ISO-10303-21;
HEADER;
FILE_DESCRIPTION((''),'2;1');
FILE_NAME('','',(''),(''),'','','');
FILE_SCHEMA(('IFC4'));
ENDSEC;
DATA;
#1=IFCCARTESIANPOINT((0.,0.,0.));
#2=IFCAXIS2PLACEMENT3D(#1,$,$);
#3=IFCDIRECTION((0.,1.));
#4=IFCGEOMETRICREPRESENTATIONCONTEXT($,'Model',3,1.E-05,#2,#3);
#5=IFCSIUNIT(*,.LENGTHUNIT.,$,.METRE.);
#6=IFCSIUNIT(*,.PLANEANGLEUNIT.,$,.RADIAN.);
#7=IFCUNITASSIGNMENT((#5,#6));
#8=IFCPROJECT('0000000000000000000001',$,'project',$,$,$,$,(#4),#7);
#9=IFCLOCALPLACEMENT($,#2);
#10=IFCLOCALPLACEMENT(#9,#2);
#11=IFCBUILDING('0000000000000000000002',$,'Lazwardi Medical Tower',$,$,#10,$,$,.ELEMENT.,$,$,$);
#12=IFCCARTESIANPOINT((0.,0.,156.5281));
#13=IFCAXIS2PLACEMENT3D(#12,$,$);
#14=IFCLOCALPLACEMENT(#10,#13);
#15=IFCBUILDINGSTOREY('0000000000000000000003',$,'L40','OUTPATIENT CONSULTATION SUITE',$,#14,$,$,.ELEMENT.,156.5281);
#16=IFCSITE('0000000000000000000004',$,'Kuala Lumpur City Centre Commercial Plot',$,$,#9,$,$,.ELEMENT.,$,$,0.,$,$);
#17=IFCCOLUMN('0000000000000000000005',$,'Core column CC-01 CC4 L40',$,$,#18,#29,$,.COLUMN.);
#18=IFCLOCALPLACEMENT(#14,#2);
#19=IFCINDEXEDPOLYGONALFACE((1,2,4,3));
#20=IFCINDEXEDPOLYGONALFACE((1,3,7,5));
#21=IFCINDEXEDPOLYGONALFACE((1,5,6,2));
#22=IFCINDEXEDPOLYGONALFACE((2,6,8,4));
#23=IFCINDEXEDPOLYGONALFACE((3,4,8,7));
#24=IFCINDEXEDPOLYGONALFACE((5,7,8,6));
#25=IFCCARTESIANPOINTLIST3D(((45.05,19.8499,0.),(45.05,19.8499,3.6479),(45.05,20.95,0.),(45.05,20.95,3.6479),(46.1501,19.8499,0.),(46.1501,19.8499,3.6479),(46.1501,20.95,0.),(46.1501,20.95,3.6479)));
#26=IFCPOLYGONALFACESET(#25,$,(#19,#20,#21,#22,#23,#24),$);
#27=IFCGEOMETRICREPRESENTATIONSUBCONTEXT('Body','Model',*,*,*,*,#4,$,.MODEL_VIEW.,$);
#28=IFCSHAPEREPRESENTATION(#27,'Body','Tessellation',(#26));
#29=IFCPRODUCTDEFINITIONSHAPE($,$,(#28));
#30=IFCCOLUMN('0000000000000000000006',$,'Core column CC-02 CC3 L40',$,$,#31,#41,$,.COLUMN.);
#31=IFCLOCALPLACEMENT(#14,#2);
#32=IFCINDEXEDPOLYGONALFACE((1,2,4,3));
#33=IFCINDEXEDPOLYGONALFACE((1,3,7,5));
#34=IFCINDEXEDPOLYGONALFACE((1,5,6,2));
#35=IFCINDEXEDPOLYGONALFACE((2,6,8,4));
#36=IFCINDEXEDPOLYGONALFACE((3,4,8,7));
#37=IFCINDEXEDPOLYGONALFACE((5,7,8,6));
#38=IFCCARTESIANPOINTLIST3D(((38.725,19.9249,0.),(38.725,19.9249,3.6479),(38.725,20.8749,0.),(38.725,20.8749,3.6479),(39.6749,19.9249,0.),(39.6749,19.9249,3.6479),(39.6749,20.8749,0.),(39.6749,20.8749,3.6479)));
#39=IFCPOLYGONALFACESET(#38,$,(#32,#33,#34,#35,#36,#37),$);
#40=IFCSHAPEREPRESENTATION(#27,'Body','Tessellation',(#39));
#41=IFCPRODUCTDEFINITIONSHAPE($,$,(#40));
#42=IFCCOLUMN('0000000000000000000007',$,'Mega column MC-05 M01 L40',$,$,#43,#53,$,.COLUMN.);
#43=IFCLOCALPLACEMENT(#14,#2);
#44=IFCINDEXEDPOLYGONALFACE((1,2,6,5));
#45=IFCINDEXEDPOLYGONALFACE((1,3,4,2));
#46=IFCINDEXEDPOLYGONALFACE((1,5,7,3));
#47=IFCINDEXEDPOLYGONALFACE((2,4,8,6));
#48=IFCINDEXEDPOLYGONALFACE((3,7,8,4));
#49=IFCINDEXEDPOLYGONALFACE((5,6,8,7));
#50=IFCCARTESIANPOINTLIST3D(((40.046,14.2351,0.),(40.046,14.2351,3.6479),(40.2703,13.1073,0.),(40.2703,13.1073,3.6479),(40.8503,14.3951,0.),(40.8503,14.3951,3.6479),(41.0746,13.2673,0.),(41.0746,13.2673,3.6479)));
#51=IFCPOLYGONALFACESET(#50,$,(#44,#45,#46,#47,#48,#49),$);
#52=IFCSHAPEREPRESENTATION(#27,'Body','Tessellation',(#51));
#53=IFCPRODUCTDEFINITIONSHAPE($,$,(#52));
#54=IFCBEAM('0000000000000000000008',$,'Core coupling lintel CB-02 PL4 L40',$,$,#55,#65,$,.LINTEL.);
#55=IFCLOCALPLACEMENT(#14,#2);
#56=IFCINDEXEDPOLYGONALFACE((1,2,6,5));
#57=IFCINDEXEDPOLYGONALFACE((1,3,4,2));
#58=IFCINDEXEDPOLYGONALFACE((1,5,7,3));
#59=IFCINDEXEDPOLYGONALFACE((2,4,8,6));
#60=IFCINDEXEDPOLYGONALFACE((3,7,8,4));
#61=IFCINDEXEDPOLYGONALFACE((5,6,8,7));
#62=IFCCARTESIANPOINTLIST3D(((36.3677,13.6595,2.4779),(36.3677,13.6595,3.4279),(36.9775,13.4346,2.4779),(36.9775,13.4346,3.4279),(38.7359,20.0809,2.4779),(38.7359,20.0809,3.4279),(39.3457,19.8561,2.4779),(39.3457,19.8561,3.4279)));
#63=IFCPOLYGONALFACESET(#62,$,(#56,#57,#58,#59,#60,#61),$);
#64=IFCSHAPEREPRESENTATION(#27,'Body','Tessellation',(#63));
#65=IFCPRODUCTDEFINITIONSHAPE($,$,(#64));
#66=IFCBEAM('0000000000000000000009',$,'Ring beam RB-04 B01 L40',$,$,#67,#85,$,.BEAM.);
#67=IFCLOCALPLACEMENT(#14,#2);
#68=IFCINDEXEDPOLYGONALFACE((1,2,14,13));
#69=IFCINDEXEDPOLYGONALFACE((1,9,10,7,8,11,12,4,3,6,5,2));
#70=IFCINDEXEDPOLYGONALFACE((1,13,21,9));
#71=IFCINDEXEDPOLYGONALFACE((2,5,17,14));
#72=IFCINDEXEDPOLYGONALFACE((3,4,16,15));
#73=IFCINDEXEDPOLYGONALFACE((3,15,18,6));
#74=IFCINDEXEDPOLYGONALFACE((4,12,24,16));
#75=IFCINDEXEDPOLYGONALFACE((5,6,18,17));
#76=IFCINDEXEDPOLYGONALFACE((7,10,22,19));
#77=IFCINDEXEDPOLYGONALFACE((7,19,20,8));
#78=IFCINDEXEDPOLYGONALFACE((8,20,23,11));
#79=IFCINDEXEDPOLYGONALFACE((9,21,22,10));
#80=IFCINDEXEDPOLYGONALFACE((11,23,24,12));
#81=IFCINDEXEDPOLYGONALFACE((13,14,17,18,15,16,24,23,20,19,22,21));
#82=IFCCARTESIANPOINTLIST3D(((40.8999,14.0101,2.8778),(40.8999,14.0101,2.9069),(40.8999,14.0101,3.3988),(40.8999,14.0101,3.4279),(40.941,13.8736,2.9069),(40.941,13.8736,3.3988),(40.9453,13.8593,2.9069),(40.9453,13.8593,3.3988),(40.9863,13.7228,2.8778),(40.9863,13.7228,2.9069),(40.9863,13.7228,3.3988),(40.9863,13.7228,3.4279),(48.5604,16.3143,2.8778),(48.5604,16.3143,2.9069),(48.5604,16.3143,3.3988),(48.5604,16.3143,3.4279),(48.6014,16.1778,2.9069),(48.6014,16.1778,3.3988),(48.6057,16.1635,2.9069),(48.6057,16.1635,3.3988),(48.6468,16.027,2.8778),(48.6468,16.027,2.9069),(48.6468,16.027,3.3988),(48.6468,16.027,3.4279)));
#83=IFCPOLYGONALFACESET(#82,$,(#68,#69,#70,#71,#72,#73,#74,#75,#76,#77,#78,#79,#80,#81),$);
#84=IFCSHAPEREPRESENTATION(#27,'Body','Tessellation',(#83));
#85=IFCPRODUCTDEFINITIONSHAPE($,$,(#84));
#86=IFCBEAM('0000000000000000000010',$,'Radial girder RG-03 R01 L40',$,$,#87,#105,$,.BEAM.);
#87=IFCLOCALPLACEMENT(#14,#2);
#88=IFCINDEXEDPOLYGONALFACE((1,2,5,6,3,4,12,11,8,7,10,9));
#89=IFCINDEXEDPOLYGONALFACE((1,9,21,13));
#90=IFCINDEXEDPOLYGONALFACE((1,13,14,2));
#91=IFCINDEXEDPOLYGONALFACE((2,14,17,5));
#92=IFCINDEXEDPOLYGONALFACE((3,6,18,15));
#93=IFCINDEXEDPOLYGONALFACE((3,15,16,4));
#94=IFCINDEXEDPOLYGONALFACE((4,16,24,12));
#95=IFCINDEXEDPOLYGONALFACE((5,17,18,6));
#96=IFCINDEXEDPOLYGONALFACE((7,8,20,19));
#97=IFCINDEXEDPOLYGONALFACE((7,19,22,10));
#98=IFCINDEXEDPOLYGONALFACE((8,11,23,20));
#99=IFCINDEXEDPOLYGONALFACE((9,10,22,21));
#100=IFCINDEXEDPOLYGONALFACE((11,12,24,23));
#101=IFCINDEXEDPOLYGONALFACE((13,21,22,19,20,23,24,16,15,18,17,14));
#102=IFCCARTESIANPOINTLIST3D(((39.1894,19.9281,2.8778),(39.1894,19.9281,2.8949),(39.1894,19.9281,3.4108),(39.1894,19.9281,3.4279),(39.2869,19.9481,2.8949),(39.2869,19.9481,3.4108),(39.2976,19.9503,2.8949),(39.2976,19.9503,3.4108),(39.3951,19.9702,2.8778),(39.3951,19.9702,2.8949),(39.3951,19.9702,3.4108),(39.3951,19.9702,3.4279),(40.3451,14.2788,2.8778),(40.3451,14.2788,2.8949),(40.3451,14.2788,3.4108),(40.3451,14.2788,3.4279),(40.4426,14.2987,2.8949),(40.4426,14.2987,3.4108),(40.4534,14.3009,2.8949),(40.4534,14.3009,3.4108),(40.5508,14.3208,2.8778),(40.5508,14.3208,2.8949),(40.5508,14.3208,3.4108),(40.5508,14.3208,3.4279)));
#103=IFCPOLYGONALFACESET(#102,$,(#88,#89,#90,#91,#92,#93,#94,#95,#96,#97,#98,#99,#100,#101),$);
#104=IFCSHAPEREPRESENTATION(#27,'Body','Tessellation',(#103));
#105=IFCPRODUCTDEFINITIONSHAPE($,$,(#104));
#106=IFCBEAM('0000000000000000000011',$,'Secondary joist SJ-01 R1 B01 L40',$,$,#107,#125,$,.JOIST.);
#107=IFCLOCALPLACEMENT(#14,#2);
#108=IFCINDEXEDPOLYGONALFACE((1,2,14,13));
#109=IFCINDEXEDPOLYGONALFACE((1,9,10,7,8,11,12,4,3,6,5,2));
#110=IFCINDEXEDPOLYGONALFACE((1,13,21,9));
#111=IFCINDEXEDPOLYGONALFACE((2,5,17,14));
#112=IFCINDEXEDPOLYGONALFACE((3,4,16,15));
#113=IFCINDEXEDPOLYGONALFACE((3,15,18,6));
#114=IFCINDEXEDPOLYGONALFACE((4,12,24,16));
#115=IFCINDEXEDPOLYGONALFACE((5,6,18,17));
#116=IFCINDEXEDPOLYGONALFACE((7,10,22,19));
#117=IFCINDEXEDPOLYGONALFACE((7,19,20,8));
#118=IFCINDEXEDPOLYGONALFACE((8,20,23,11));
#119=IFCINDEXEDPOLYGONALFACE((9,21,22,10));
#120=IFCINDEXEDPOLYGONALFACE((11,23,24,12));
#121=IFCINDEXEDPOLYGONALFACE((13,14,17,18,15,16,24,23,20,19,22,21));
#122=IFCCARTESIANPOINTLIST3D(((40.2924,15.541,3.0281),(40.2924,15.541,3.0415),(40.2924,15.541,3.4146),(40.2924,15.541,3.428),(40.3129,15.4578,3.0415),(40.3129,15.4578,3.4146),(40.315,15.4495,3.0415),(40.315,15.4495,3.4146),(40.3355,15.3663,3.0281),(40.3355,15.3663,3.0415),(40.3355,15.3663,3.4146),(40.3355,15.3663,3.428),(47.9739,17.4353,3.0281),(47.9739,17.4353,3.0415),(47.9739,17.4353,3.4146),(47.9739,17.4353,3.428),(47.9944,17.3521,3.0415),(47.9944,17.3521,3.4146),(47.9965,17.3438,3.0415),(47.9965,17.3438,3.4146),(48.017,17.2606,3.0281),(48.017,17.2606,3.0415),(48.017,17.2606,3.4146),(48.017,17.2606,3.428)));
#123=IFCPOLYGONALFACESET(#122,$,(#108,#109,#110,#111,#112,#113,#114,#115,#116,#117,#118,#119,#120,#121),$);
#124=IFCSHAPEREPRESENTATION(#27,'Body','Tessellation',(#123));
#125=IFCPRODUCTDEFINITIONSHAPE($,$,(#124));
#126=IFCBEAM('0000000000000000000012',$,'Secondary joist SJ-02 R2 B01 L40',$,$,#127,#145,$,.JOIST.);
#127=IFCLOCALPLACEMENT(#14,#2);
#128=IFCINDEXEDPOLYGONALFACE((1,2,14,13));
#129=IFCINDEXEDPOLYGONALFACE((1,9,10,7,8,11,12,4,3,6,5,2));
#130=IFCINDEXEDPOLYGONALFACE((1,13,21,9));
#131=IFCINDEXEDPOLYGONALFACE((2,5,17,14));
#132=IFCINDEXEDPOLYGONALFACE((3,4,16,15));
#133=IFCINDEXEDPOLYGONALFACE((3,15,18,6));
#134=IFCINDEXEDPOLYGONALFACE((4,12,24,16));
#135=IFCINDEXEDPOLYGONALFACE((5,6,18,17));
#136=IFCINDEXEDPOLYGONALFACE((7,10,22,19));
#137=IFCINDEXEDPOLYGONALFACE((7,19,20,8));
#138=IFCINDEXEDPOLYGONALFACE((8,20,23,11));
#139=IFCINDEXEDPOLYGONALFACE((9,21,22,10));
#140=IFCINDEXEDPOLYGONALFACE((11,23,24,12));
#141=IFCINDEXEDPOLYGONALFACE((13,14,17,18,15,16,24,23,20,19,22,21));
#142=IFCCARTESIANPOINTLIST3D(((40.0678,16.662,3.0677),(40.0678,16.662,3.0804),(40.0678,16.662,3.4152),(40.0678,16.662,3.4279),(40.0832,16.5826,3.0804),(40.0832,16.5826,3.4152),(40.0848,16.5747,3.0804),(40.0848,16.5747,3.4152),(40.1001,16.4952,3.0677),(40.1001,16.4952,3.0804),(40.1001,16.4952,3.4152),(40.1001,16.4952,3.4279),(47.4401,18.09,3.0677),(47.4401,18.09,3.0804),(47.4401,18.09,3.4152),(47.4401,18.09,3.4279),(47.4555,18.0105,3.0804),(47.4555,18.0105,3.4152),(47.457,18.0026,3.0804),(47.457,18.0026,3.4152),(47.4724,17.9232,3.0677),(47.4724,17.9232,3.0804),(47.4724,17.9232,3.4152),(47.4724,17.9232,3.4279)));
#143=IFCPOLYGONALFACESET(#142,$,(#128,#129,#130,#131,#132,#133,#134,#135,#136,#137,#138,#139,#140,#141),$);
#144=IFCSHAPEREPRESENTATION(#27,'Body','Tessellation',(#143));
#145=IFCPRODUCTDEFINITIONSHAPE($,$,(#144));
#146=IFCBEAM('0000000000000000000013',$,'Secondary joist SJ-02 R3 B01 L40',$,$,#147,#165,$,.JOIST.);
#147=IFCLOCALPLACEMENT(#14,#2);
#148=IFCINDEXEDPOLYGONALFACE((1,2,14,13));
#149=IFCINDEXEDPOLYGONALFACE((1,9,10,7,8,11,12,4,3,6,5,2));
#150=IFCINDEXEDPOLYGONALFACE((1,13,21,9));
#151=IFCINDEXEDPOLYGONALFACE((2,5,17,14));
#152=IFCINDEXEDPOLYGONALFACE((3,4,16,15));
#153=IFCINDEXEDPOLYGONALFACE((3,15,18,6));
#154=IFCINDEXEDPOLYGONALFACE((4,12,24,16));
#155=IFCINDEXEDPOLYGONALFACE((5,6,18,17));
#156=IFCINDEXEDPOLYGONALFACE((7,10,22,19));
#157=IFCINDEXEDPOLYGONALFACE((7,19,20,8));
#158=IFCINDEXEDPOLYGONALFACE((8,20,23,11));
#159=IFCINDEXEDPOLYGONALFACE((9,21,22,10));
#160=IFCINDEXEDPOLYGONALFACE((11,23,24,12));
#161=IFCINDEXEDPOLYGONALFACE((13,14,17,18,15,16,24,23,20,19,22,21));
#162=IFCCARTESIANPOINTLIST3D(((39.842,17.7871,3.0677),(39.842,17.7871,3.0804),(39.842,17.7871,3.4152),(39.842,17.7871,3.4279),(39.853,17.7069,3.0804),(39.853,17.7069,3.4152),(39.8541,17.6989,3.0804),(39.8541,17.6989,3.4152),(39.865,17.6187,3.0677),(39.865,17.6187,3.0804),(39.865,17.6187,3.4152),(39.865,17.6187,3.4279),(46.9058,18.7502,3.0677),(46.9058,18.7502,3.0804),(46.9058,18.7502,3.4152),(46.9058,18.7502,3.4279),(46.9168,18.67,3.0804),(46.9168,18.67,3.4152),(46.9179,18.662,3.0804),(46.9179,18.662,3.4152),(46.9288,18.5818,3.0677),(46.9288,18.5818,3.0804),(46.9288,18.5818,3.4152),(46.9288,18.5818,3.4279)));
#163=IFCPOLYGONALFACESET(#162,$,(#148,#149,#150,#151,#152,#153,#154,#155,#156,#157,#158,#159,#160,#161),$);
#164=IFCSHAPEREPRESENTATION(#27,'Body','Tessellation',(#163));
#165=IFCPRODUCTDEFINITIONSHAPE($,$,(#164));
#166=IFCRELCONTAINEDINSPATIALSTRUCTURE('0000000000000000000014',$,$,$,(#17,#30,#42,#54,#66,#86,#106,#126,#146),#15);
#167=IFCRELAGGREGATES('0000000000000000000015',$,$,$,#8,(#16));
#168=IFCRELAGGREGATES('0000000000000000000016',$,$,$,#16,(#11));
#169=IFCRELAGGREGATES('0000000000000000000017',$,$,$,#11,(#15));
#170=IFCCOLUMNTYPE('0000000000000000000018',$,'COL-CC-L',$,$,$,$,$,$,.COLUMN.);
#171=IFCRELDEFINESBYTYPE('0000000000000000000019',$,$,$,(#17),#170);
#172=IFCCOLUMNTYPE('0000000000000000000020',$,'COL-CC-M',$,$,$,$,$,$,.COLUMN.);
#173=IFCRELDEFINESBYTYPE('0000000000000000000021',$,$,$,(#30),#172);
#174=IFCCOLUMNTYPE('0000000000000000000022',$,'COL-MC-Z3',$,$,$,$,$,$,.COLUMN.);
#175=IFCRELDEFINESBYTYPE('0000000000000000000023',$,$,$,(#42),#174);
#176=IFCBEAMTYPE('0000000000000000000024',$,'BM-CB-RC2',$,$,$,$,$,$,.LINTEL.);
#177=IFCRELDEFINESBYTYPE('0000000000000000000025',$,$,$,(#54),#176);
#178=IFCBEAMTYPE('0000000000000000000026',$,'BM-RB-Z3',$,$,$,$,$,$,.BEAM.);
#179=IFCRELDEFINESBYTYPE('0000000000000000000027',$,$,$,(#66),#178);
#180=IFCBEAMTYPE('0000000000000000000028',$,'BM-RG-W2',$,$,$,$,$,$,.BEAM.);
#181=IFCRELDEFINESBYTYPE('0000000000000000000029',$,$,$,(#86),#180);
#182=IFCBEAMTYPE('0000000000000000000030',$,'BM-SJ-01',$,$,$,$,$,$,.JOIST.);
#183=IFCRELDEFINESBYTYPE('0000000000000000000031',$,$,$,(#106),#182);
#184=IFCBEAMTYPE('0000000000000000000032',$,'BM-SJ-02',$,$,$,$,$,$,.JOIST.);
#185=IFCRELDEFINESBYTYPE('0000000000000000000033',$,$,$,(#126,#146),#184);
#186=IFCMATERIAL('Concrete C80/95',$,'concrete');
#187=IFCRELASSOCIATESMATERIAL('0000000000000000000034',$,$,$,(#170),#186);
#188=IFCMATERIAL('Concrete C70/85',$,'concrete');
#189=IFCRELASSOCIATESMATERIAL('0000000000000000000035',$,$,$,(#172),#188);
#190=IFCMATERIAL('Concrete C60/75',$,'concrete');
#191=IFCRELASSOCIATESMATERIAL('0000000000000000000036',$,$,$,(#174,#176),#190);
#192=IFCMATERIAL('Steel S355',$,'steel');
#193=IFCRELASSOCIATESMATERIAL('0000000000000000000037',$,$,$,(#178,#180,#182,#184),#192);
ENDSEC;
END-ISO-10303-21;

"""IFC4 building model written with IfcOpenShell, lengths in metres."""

from ifc_helpers import new_model, si_unit, direction, frame, origin, origin_2d, place, context, subcontext, project, spatial, rectangle, i_section, extrude, material, material_profile, profile_set, type_object, element, save


model = new_model("IFC4")

# Units and contexts
model_context = context("Model", 3, precision=1e-05, world=origin(), true_north=direction((0.0, 1.0)))
body_context = subcontext(model_context, "Body", "Model", "MODEL_VIEW")
ifc_project = project(units=[si_unit("LENGTHUNIT", "METRE"), si_unit("PLANEANGLEUNIT", "RADIAN")], contexts=[model_context])

# Site, building, storey
site_placement = place(None, origin())
site = spatial("IfcSite", under=ifc_project, at=site_placement, Name="Kuala Lumpur City Centre Commercial Plot", CompositionType="ELEMENT", RefElevation=0.0)
building_placement = place(site_placement, origin())
building = spatial("IfcBuilding", under=site, at=building_placement, Name="Lazwardi Medical Tower", CompositionType="ELEMENT")
storey_placement = place(building_placement, frame((0.0, 0.0, 156.5281)))
storey = spatial("IfcBuildingStorey", under=building, at=storey_placement, Name="L40", Description="OUTPATIENT CONSULTATION SUITE", CompositionType="ELEMENT", Elevation=156.5281)

# Columns
ifc_material_1 = material(Name="Concrete C80/95", Category="concrete")
ifc_material_profile_1 = material_profile(ifc_material_1, rectangle(XDim=1.1001, YDim=1.1001, at=origin_2d()), Name="RC 1100x1100")
ifc_profile_set_1 = profile_set([ifc_material_profile_1], Name="Concrete C80/95")
column_type_1 = type_object("IfcColumnType", Name="COL-CC-L", PredefinedType="COLUMN", material=ifc_profile_set_1)
column_1_placement = place(storey_placement, frame((45.6001, 20.3999, 0.0), z_axis=(0.0, 0.0, 1.0), x_axis=(1.0, 0.0, 0.0)))
element("IfcColumn", 1, at=column_1_placement, inside=storey, type_object=column_type_1, Name="Core column CC-01 CC4 L40", PredefinedType="COLUMN", context=body_context, shape_type="SweptSolid", body=[
    extrude(rectangle(XDim=1.1001, YDim=1.1001, at=origin_2d()), origin(), (0.0, 0.0, 1.0), 3.6479),
])
ifc_material_2 = material(Name="Concrete C70/85", Category="concrete")
ifc_material_profile_2 = material_profile(ifc_material_2, rectangle(XDim=0.95, YDim=0.95, at=origin_2d()), Name="RC 950x950")
ifc_profile_set_2 = profile_set([ifc_material_profile_2], Name="Concrete C70/85")
column_type_2 = type_object("IfcColumnType", Name="COL-CC-M", PredefinedType="COLUMN", material=ifc_profile_set_2)
column_2_placement = place(storey_placement, frame((39.2, 20.3999, 0.0), z_axis=(0.0, 0.0, 1.0), x_axis=(1.0, 0.0, 0.0)))
element("IfcColumn", 2, at=column_2_placement, inside=storey, type_object=column_type_2, Name="Core column CC-02 CC3 L40", PredefinedType="COLUMN", context=body_context, shape_type="SweptSolid", body=[
    extrude(rectangle(XDim=0.95, YDim=0.95, at=origin_2d()), origin(), (0.0, 0.0, 1.0), 3.6479),
])
ifc_material_3 = material(Name="Concrete C60/75", Category="concrete")
ifc_material_profile_3 = material_profile(ifc_material_3, rectangle(XDim=1.1499, YDim=0.8201, at=origin_2d()), Name="CFT-RECT 1150x820")
ifc_profile_set_3 = profile_set([ifc_material_profile_3], Name="Concrete C60/75")
column_type_3 = type_object("IfcColumnType", Name="COL-MC-Z3", PredefinedType="COLUMN", material=ifc_profile_set_3)
column_3_placement = place(storey_placement, frame((40.5603, 13.7512, 0.0), z_axis=(0.0, 0.0, 1.0), x_axis=(0.19509, -0.980785, 0.0)))
element("IfcColumn", 3, at=column_3_placement, inside=storey, type_object=column_type_3, Name="Mega column MC-05 M01 L40", PredefinedType="COLUMN", context=body_context, shape_type="SweptSolid", body=[
    extrude(rectangle(XDim=1.1499, YDim=0.8201, at=origin_2d()), origin(), (0.0, 0.0, 1.0), 3.6479),
])

# Beams
ifc_material_profile_4 = material_profile(ifc_material_3, rectangle(XDim=0.6499, YDim=0.95, at=origin_2d()), Name="RC 650x950")
ifc_profile_set_4 = profile_set([ifc_material_profile_4], Name="Concrete C60/75")
beam_type_1 = type_object("IfcBeamType", Name="BM-CB-RC2", PredefinedType="LINTEL", material=ifc_profile_set_4)
beam_1_placement = place(storey_placement, frame((39.0408, 19.9685, 2.9529), z_axis=(-0.346013, -0.93823, 0.0), x_axis=(0.93823, -0.346013, 0.0)))
element("IfcBeam", 4, at=beam_1_placement, inside=storey, type_object=beam_type_1, Name="Core coupling lintel CB-02 PL4 L40", PredefinedType="LINTEL", context=body_context, shape_type="SweptSolid", body=[
    extrude(rectangle(XDim=0.6499, YDim=0.95, at=origin_2d()), origin(), (0.0, 0.0, 1.0), 6.8442),
])
ifc_material_4 = material(Name="Steel S355", Category="steel")
ifc_material_profile_5 = material_profile(ifc_material_4, i_section(OverallWidth=0.3, OverallDepth=0.55, WebThickness=0.0149, FlangeThickness=0.0291, at=origin_2d()), Name="HEB 550")
ifc_profile_set_5 = profile_set([ifc_material_profile_5], Name="Steel S355")
beam_type_2 = type_object("IfcBeamType", Name="BM-RB-Z3", PredefinedType="BEAM", material=ifc_profile_set_5)
beam_2_placement = place(storey_placement, frame((40.9431, 13.8665, 3.1528), z_axis=(0.957617, 0.288045, 0.0), x_axis=(-0.288045, 0.957617, 0.0)))
element("IfcBeam", 5, at=beam_2_placement, inside=storey, type_object=beam_type_2, Name="Ring beam RB-04 B01 L40", PredefinedType="BEAM", context=body_context, shape_type="SweptSolid", body=[
    extrude(i_section(OverallWidth=0.3, OverallDepth=0.55, WebThickness=0.0149, FlangeThickness=0.0291, at=origin_2d()), origin(), (0.0, 0.0, 1.0), 7.9995),
])
ifc_material_profile_6 = material_profile(ifc_material_4, i_section(OverallWidth=0.21, OverallDepth=0.55, WebThickness=0.011, FlangeThickness=0.0171, at=origin_2d()), Name="IPE 550")
ifc_profile_set_6 = profile_set([ifc_material_profile_6], Name="Steel S355")
beam_type_3 = type_object("IfcBeamType", Name="BM-RG-W2", PredefinedType="BEAM", material=ifc_profile_set_6)
beam_3_placement = place(storey_placement, frame((40.448, 14.2998, 3.1528), z_axis=(-0.200429, 0.979708, 0.0), x_axis=(-0.979708, -0.200429, 0.0)))
element("IfcBeam", 6, at=beam_3_placement, inside=storey, type_object=beam_type_3, Name="Radial girder RG-03 R01 L40", PredefinedType="BEAM", context=body_context, shape_type="SweptSolid", body=[
    extrude(i_section(OverallWidth=0.21, OverallDepth=0.55, WebThickness=0.011, FlangeThickness=0.0171, at=origin_2d()), origin(), (0.0, 0.0, 1.0), 5.7664),
])
ifc_material_profile_7 = material_profile(ifc_material_4, i_section(OverallWidth=0.1799, OverallDepth=0.3999, WebThickness=0.0085, FlangeThickness=0.0134, at=origin_2d()), Name="IPE 400")
ifc_profile_set_7 = profile_set([ifc_material_profile_7], Name="Steel S355")
beam_type_4 = type_object("IfcBeamType", Name="BM-SJ-01", PredefinedType="JOIST", material=ifc_profile_set_7)
beam_4_placement = place(storey_placement, frame((40.314, 15.4536, 3.228), z_axis=(0.970913, 0.239434, 0.0), x_axis=(-0.239434, 0.970913, 0.0)))
element("IfcBeam", 7, at=beam_4_placement, inside=storey, type_object=beam_type_4, Name="Secondary joist SJ-01 R1 B01 L40", PredefinedType="JOIST", context=body_context, shape_type="SweptSolid", body=[
    extrude(i_section(OverallWidth=0.1799, OverallDepth=0.3999, WebThickness=0.0085, FlangeThickness=0.0134, at=origin_2d()), origin(), (0.0, 0.0, 1.0), 7.9116),
])
ifc_material_profile_8 = material_profile(ifc_material_4, i_section(OverallWidth=0.1699, OverallDepth=0.3601, WebThickness=0.0081, FlangeThickness=0.0127, at=origin_2d()), Name="IPE 360")
ifc_profile_set_8 = profile_set([ifc_material_profile_8], Name="Steel S355")
beam_type_5 = type_object("IfcBeamType", Name="BM-SJ-02", PredefinedType="JOIST", material=ifc_profile_set_8)
beam_5_placement = place(storey_placement, frame((40.084, 16.5786, 3.2478), z_axis=(0.981753, 0.19016, 0.0), x_axis=(-0.19016, 0.981753, 0.0)))
element("IfcBeam", 8, at=beam_5_placement, inside=storey, type_object=beam_type_5, Name="Secondary joist SJ-02 R2 B01 L40", PredefinedType="JOIST", context=body_context, shape_type="SweptSolid", body=[
    extrude(i_section(OverallWidth=0.1699, OverallDepth=0.3601, WebThickness=0.0081, FlangeThickness=0.0127, at=origin_2d()), origin(), (0.0, 0.0, 1.0), 7.5093),
])
beam_6_placement = place(storey_placement, frame((39.8535, 17.7029, 3.2478), z_axis=(0.990832, 0.135099, 0.0), x_axis=(-0.135099, 0.990832, 0.0)))
element("IfcBeam", 9, at=beam_6_placement, inside=storey, type_object=beam_type_5, Name="Secondary joist SJ-02 R3 B01 L40", PredefinedType="JOIST", context=body_context, shape_type="SweptSolid", body=[
    extrude(i_section(OverallWidth=0.1699, OverallDepth=0.3601, WebThickness=0.0081, FlangeThickness=0.0127, at=origin_2d()), origin(), (0.0, 0.0, 1.0), 7.1292),
])

save(model, "model.ifc")
